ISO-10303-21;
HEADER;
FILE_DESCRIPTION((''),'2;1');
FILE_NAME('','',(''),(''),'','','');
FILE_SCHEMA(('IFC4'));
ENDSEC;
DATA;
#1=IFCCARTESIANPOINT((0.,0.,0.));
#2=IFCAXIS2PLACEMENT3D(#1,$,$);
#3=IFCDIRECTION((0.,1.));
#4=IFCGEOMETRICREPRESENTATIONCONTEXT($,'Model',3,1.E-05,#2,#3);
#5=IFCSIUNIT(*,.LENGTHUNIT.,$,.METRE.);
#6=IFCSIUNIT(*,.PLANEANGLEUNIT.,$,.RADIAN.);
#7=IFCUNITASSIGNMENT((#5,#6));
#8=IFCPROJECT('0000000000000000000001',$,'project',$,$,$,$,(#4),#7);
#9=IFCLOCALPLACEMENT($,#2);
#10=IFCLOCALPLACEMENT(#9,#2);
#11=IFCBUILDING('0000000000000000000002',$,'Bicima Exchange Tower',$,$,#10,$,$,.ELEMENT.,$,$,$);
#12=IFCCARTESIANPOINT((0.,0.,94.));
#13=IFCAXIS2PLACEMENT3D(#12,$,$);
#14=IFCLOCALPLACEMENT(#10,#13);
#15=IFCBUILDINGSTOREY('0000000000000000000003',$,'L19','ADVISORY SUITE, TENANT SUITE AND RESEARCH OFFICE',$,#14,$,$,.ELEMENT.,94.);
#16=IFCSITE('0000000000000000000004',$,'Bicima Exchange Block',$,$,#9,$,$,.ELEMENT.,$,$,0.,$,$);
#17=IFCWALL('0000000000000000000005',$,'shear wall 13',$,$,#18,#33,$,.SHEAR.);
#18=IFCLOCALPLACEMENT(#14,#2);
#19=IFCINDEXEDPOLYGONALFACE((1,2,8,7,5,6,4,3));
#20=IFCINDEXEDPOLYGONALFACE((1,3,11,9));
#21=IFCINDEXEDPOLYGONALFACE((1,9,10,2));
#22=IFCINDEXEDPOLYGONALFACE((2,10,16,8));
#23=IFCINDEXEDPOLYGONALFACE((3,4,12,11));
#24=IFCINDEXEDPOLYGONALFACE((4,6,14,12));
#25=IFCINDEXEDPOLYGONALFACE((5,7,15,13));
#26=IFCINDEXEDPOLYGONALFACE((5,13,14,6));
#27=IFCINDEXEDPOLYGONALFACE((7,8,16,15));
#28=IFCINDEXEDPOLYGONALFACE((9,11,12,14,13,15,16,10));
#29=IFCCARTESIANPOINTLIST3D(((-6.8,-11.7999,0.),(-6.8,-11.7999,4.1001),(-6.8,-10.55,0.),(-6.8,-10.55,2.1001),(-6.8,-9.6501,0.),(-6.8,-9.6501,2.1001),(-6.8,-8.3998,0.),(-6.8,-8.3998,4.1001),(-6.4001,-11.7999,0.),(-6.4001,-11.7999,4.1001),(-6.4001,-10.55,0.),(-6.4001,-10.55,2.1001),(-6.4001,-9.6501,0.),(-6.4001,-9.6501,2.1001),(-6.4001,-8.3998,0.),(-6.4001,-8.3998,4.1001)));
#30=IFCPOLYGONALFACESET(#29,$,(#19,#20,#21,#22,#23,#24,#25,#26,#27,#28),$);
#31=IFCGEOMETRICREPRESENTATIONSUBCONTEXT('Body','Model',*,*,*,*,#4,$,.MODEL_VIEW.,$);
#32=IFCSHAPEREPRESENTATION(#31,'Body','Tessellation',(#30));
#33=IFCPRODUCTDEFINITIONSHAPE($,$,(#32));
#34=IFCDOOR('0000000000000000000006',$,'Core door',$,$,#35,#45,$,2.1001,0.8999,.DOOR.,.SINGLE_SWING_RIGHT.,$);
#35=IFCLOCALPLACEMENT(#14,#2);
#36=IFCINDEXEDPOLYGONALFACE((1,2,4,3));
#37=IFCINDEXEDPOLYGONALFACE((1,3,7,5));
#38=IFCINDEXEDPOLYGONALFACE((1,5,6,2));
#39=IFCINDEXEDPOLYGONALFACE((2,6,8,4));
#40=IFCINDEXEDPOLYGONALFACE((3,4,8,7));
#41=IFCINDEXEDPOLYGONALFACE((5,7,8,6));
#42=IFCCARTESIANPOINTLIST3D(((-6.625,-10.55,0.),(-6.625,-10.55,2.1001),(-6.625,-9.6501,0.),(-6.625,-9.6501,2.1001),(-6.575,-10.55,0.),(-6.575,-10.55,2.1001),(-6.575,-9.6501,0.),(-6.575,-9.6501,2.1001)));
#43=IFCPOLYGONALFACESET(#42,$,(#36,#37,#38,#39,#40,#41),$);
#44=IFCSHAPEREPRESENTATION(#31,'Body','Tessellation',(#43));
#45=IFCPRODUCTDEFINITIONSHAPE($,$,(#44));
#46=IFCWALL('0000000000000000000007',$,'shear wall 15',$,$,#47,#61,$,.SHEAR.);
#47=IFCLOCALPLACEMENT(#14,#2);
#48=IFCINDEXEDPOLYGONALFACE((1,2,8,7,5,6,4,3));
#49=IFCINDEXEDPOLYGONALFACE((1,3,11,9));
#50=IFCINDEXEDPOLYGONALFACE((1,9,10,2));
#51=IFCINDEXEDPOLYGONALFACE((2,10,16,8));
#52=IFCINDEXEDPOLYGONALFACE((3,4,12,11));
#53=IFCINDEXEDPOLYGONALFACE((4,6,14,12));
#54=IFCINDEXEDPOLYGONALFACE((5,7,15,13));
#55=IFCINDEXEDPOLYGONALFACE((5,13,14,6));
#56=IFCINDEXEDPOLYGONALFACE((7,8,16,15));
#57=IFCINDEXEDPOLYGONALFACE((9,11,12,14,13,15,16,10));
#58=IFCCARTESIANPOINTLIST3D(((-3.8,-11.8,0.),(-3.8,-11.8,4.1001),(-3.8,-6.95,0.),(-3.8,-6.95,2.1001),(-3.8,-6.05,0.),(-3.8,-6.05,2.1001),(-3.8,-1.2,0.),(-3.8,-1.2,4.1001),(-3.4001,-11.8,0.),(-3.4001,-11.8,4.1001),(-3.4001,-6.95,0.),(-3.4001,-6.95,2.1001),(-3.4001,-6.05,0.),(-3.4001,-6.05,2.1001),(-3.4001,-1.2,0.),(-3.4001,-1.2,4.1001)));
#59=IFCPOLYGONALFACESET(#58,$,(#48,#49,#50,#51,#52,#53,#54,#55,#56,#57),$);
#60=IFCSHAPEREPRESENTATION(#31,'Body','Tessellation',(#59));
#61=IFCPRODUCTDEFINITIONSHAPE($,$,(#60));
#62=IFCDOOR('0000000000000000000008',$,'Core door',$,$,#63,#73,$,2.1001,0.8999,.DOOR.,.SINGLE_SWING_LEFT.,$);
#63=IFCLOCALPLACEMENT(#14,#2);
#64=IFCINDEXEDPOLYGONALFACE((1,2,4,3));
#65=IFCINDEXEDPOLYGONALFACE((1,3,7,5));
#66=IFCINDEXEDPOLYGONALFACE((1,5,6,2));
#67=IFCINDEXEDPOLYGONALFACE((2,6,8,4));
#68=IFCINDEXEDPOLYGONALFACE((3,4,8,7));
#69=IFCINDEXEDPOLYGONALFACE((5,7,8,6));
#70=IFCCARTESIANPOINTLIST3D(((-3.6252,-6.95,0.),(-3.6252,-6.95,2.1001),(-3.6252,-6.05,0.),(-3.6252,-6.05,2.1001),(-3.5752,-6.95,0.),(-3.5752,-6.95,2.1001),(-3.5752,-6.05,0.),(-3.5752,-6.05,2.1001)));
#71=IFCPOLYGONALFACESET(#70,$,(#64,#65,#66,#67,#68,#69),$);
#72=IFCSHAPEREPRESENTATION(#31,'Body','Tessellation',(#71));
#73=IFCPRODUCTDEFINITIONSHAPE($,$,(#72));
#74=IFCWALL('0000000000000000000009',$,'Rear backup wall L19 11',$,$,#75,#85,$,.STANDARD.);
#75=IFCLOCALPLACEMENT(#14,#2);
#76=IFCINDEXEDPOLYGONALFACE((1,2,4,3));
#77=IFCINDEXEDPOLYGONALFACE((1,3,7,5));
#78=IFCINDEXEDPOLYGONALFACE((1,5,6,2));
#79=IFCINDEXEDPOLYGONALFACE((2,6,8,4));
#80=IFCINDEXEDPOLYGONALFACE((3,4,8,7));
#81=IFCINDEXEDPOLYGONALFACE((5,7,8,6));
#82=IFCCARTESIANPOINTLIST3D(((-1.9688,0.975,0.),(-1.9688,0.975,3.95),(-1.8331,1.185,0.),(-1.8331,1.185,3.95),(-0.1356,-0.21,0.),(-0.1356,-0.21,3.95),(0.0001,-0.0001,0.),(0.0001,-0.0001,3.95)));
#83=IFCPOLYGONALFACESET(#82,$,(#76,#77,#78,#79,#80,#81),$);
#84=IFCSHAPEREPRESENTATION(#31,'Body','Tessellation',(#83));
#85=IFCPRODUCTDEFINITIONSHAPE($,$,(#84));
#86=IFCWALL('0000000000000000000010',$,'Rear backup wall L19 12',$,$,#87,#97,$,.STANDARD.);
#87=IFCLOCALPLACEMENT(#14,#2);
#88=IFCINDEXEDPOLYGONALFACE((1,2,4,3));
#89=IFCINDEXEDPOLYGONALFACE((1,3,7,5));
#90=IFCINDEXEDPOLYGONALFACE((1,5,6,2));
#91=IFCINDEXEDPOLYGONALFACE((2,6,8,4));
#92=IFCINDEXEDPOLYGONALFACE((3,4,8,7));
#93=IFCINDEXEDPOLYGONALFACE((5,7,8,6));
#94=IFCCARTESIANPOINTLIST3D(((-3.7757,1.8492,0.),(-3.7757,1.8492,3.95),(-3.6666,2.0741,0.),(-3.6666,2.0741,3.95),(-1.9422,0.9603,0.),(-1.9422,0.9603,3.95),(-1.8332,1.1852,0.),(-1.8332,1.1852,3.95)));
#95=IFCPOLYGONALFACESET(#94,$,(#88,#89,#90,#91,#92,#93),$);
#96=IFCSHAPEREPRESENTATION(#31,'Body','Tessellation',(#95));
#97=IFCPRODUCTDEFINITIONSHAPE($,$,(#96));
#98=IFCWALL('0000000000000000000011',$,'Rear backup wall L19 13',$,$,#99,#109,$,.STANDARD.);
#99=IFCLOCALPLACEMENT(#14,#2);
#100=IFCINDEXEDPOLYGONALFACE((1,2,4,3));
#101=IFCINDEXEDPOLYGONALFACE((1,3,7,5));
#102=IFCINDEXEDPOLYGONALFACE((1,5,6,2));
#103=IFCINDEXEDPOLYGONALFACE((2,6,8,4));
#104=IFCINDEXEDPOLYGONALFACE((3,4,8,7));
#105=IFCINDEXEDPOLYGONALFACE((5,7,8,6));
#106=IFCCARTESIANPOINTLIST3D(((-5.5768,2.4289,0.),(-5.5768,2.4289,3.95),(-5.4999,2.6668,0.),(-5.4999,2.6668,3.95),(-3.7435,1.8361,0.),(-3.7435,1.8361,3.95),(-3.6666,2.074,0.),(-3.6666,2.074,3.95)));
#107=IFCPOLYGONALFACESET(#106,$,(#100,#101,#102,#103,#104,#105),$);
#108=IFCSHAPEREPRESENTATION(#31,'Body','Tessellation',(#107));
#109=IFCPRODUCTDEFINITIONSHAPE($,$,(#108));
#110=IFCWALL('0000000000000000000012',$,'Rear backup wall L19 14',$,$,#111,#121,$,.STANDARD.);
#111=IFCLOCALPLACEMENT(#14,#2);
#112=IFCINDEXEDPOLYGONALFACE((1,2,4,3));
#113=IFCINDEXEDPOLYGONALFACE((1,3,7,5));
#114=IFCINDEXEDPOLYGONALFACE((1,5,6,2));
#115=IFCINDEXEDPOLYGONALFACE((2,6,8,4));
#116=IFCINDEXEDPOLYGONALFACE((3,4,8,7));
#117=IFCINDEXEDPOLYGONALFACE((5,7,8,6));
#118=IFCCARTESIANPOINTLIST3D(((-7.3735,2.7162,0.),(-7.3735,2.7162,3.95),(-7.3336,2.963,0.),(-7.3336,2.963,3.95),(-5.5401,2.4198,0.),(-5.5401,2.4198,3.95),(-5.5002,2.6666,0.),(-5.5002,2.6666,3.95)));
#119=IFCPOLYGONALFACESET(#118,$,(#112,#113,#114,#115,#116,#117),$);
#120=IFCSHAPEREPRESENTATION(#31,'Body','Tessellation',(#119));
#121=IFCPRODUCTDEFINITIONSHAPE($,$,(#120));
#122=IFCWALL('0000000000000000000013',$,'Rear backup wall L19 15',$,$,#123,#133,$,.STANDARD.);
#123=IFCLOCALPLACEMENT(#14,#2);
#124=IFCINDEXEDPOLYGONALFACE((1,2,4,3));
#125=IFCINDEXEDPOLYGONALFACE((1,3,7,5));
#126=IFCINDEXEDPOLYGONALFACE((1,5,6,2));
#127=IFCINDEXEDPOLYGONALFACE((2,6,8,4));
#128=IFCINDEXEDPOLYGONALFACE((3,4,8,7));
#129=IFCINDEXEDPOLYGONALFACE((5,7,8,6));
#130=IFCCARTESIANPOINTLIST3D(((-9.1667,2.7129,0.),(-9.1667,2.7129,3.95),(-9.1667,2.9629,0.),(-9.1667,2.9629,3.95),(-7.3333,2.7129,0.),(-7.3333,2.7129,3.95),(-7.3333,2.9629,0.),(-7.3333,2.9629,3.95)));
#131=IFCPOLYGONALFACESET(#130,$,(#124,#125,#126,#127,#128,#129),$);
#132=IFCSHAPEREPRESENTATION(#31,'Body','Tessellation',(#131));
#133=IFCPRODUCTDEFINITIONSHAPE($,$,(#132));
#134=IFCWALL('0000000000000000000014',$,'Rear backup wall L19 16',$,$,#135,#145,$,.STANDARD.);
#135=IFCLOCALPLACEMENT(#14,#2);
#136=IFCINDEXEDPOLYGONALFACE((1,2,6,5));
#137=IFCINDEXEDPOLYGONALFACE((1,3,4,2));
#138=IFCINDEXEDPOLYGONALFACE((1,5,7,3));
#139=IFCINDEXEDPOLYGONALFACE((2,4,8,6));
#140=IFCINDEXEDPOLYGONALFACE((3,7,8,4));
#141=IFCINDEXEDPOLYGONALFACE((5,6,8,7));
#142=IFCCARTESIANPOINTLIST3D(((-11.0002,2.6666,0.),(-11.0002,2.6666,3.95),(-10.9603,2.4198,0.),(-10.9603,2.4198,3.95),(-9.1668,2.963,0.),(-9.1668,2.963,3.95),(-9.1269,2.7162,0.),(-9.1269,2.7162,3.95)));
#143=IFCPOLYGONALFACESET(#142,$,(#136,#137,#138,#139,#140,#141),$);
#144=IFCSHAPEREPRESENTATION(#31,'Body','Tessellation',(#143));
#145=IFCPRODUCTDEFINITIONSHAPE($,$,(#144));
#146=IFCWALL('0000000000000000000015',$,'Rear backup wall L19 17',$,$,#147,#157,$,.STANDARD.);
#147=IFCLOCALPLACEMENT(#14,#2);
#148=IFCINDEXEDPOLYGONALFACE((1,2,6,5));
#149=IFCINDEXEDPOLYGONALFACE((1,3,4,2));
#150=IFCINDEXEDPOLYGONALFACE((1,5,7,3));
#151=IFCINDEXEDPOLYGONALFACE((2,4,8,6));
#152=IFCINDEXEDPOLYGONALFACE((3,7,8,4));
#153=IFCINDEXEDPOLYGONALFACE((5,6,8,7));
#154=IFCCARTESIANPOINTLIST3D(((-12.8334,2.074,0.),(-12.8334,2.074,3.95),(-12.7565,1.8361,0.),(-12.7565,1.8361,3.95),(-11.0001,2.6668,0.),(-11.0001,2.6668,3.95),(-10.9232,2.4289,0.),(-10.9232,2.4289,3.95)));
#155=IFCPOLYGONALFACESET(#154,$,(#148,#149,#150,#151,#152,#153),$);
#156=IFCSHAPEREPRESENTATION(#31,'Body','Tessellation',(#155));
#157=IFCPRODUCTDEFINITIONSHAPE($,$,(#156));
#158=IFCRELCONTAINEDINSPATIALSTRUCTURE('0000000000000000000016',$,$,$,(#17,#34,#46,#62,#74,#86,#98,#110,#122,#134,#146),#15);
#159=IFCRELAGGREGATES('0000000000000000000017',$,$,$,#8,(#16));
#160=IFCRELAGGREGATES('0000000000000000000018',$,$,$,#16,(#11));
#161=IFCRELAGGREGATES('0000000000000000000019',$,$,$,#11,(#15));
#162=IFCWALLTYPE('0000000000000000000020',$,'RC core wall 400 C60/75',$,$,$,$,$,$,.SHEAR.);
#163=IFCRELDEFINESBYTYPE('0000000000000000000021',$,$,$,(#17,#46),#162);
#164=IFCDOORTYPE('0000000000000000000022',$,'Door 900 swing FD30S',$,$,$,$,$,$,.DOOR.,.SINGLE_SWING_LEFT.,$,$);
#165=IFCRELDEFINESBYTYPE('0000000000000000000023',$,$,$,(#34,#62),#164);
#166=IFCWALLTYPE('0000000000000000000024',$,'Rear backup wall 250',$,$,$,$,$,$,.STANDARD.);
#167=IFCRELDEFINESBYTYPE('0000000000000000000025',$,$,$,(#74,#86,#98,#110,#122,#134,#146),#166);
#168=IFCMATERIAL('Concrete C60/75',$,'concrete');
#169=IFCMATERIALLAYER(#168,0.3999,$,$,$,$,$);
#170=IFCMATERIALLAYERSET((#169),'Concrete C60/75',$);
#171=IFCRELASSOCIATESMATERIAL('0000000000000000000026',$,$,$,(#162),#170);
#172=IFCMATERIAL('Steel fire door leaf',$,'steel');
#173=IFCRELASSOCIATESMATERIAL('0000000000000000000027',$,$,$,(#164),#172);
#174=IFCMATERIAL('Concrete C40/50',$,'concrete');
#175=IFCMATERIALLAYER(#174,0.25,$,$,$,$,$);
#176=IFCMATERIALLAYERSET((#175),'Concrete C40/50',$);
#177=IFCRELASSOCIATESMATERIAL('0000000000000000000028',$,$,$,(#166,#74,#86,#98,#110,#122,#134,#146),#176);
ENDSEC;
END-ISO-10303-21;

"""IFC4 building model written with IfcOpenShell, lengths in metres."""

from ifc_helpers import new_model, si_unit, direction, frame, frame_2d, origin, place, context, subcontext, project, spatial, rectangle, extrude, material, layer, layer_set, layer_usage, type_object, element, fill, save


model = new_model("IFC4")

# Units and contexts
model_context = context("Model", 3, precision=1e-05, world=origin(), true_north=direction((0.0, 1.0)))
body_context = subcontext(model_context, "Body", "Model", "MODEL_VIEW")
ifc_project = project(units=[si_unit("LENGTHUNIT", "METRE"), si_unit("PLANEANGLEUNIT", "RADIAN")], contexts=[model_context])

# Site, building, storey
site_placement = place(None, origin())
site = spatial("IfcSite", under=ifc_project, at=site_placement, Name="Bicima Exchange Block", CompositionType="ELEMENT", RefElevation=0.0)
building_placement = place(site_placement, origin())
building = spatial("IfcBuilding", under=site, at=building_placement, Name="Bicima Exchange Tower", CompositionType="ELEMENT")
storey_placement = place(building_placement, frame((0.0, 0.0, 94.0)))
storey = spatial("IfcBuildingStorey", under=building, at=storey_placement, Name="L19", Description="ADVISORY SUITE, TENANT SUITE AND RESEARCH OFFICE", CompositionType="ELEMENT", Elevation=94.0)

# Shared definitions
ifc_material_1 = material(Name="Steel fire door leaf", Category="steel")

# Walls, openings, doors
ifc_material_2 = material(Name="Concrete C60/75", Category="concrete")
ifc_layer_1 = layer(ifc_material_2, 0.3999)
ifc_layer_set_1 = layer_set([ifc_layer_1], Name="Concrete C60/75")
wall_type_1 = type_object("IfcWallType", Name="RC core wall 400 C60/75", PredefinedType="SHEAR", material=ifc_layer_set_1)
wall_1_placement = place(storey_placement, frame((-6.6001, -11.8, 0.0), z_axis=(0.0, 0.0, 1.0), x_axis=(0.0, 1.0, 0.0)))
wall_1 = element("IfcWall", 1, at=wall_1_placement, inside=storey, type_object=wall_type_1, Name="shear wall 13", PredefinedType="SHEAR", context=body_context, shape_type="SweptSolid", body=[
    extrude(rectangle(XDim=3.4001, YDim=0.3999, at=frame_2d((1.7002, 0.0))), origin(), (0.0, 0.0, 1.0), 4.1001),
])
opening_1_placement = place(wall_1_placement, frame((1.25, 0.0, 0.0)))
opening_1 = element("IfcOpeningElement", 2, at=opening_1_placement, cuts=wall_1, PredefinedType="OPENING", context=body_context, shape_type="SweptSolid", body=[
    extrude(rectangle(XDim=0.8999, YDim=2.1001, at=frame_2d((0.45, 1.05))), frame((0.0, 0.2119, 0.0), z_axis=(0.0, -1.0, 0.0), x_axis=(1.0, 0.0, 0.0)), (0.0, 0.0, 1.0), 0.4238),
])
door_type_1 = type_object("IfcDoorType", Name="Door 900 swing FD30S", OperationType="SINGLE_SWING_LEFT", PredefinedType="DOOR", material=ifc_material_1)
door_1_placement = place(opening_1_placement, origin())
door_1 = element("IfcDoor", 3, at=door_1_placement, inside=storey, type_object=door_type_1, Name="Core door", OperationType="SINGLE_SWING_RIGHT", OverallHeight=2.1001, OverallWidth=0.8999, PredefinedType="DOOR", context=body_context, shape_type="SweptSolid", body=[
    extrude(rectangle(XDim=0.8999, YDim=2.1001, at=frame_2d((0.45, 1.05))), frame((0.0, 0.0249, 0.0), z_axis=(0.0, -1.0, 0.0), x_axis=(1.0, 0.0, 0.0)), (0.0, 0.0, 1.0), 0.05),
])
fill(opening_1, door_1)
wall_2_placement = place(storey_placement, frame((-3.6001, -11.8, 0.0), z_axis=(0.0, 0.0, 1.0), x_axis=(0.0, 1.0, 0.0)))
wall_2 = element("IfcWall", 4, at=wall_2_placement, inside=storey, type_object=wall_type_1, Name="shear wall 15", PredefinedType="SHEAR", context=body_context, shape_type="SweptSolid", body=[
    extrude(rectangle(XDim=10.6001, YDim=0.3999, at=frame_2d((5.3, 0.0))), origin(), (0.0, 0.0, 1.0), 4.1001),
])
opening_2_placement = place(wall_2_placement, frame((4.8501, 0.0, 0.0)))
opening_2 = element("IfcOpeningElement", 5, at=opening_2_placement, cuts=wall_2, PredefinedType="OPENING", context=body_context, shape_type="SweptSolid", body=[
    extrude(rectangle(XDim=0.8999, YDim=2.1001, at=frame_2d((0.45, 1.05))), frame((0.0, 0.2119, 0.0), z_axis=(0.0, -1.0, 0.0), x_axis=(1.0, 0.0, 0.0)), (0.0, 0.0, 1.0), 0.4238),
])
door_2_placement = place(opening_2_placement, frame((0.8999, 0.0, 0.0), z_axis=(0.0, 0.0, 1.0), x_axis=(-1.0, 0.0, 0.0)))
door_2 = element("IfcDoor", 6, at=door_2_placement, inside=storey, type_object=door_type_1, Name="Core door", OperationType="SINGLE_SWING_LEFT", OverallHeight=2.1001, OverallWidth=0.8999, PredefinedType="DOOR", context=body_context, shape_type="SweptSolid", body=[
    extrude(rectangle(XDim=0.8999, YDim=2.1001, at=frame_2d((0.45, 1.05))), frame((0.0, 0.0249, 0.0), z_axis=(0.0, -1.0, 0.0), x_axis=(1.0, 0.0, 0.0)), (0.0, 0.0, 1.0), 0.05),
])
fill(opening_2, door_2)

# Walls
ifc_material_3 = material(Name="Concrete C40/50", Category="concrete")
ifc_layer_2 = layer(ifc_material_3, 0.25)
ifc_layer_set_2 = layer_set([ifc_layer_2], Name="Concrete C40/50")
ifc_layer_usage = layer_usage(ifc_layer_set_2, "AXIS2", "POSITIVE", -0.125)
wall_type_2 = type_object("IfcWallType", Name="Rear backup wall 250", PredefinedType="STANDARD", material=ifc_layer_set_2)
wall_3_placement = place(storey_placement, frame((-0.0679, -0.105, 0.0), z_axis=(0.0, 0.0, 1.0), x_axis=(-0.839813, 0.542876, 0.0)))
element("IfcWall", 7, at=wall_3_placement, inside=storey, type_object=wall_type_2, material=ifc_layer_usage, Name="Rear backup wall L19 11", PredefinedType="STANDARD", context=body_context, shape_type="SweptSolid", body=[
    extrude(rectangle(XDim=2.1829, YDim=0.25, at=frame_2d((1.0913, 0.0))), origin(), (0.0, 0.0, 1.0), 3.95),
])
wall_4_placement = place(storey_placement, frame((-1.8877, 1.0728, 0.0), z_axis=(0.0, 0.0, 1.0), x_axis=(-0.899824, 0.436253, 0.0)))
element("IfcWall", 8, at=wall_4_placement, inside=storey, type_object=wall_type_2, material=ifc_layer_usage, Name="Rear backup wall L19 12", PredefinedType="STANDARD", context=body_context, shape_type="SweptSolid", body=[
    extrude(rectangle(XDim=2.0376, YDim=0.25, at=frame_2d((1.0188, 0.0))), origin(), (0.0, 0.0, 1.0), 3.95),
])
wall_5_placement = place(storey_placement, frame((-3.7051, 1.9551, 0.0), z_axis=(0.0, 0.0, 1.0), x_axis=(-0.951496, 0.307662, 0.0)))
element("IfcWall", 9, at=wall_5_placement, inside=storey, type_object=wall_type_2, material=ifc_layer_usage, Name="Rear backup wall L19 13", PredefinedType="STANDARD", context=body_context, shape_type="SweptSolid", body=[
    extrude(rectangle(XDim=1.9268, YDim=0.25, at=frame_2d((0.9634, 0.0))), origin(), (0.0, 0.0, 1.0), 3.95),
])
wall_6_placement = place(storey_placement, frame((-5.52, 2.5432, 0.0), z_axis=(0.0, 0.0, 1.0), x_axis=(-0.987182, 0.1596, 0.0)))
element("IfcWall", 10, at=wall_6_placement, inside=storey, type_object=wall_type_2, material=ifc_layer_usage, Name="Rear backup wall L19 14", PredefinedType="STANDARD", context=body_context, shape_type="SweptSolid", body=[
    extrude(rectangle(XDim=1.8572, YDim=0.25, at=frame_2d((0.9287, 0.0))), origin(), (0.0, 0.0, 1.0), 3.95),
])
wall_7_placement = place(storey_placement, frame((-7.3333, 2.8379, 0.0), z_axis=(0.0, 0.0, 1.0), x_axis=(-1.0, 0.0, 0.0)))
element("IfcWall", 11, at=wall_7_placement, inside=storey, type_object=wall_type_2, material=ifc_layer_usage, Name="Rear backup wall L19 15", PredefinedType="STANDARD", context=body_context, shape_type="SweptSolid", body=[
    extrude(rectangle(XDim=1.8335, YDim=0.25, at=frame_2d((0.9167, 0.0))), origin(), (0.0, 0.0, 1.0), 3.95),
])
wall_8_placement = place(storey_placement, frame((-9.1467, 2.8396, 0.0), z_axis=(0.0, 0.0, 1.0), x_axis=(-0.987182, -0.1596, 0.0)))
element("IfcWall", 12, at=wall_8_placement, inside=storey, type_object=wall_type_2, material=ifc_layer_usage, Name="Rear backup wall L19 16", PredefinedType="STANDARD", context=body_context, shape_type="SweptSolid", body=[
    extrude(rectangle(XDim=1.8572, YDim=0.25, at=frame_2d((0.9287, 0.0))), origin(), (0.0, 0.0, 1.0), 3.95),
])
wall_9_placement = place(storey_placement, frame((-10.9617, 2.5479, 0.0), z_axis=(0.0, 0.0, 1.0), x_axis=(-0.951496, -0.307662, 0.0)))
element("IfcWall", 13, at=wall_9_placement, inside=storey, type_object=wall_type_2, material=ifc_layer_usage, Name="Rear backup wall L19 17", PredefinedType="STANDARD", context=body_context, shape_type="SweptSolid", body=[
    extrude(rectangle(XDim=1.9268, YDim=0.25, at=frame_2d((0.9634, 0.0))), origin(), (0.0, 0.0, 1.0), 3.95),
])

save(model, "model.ifc")
